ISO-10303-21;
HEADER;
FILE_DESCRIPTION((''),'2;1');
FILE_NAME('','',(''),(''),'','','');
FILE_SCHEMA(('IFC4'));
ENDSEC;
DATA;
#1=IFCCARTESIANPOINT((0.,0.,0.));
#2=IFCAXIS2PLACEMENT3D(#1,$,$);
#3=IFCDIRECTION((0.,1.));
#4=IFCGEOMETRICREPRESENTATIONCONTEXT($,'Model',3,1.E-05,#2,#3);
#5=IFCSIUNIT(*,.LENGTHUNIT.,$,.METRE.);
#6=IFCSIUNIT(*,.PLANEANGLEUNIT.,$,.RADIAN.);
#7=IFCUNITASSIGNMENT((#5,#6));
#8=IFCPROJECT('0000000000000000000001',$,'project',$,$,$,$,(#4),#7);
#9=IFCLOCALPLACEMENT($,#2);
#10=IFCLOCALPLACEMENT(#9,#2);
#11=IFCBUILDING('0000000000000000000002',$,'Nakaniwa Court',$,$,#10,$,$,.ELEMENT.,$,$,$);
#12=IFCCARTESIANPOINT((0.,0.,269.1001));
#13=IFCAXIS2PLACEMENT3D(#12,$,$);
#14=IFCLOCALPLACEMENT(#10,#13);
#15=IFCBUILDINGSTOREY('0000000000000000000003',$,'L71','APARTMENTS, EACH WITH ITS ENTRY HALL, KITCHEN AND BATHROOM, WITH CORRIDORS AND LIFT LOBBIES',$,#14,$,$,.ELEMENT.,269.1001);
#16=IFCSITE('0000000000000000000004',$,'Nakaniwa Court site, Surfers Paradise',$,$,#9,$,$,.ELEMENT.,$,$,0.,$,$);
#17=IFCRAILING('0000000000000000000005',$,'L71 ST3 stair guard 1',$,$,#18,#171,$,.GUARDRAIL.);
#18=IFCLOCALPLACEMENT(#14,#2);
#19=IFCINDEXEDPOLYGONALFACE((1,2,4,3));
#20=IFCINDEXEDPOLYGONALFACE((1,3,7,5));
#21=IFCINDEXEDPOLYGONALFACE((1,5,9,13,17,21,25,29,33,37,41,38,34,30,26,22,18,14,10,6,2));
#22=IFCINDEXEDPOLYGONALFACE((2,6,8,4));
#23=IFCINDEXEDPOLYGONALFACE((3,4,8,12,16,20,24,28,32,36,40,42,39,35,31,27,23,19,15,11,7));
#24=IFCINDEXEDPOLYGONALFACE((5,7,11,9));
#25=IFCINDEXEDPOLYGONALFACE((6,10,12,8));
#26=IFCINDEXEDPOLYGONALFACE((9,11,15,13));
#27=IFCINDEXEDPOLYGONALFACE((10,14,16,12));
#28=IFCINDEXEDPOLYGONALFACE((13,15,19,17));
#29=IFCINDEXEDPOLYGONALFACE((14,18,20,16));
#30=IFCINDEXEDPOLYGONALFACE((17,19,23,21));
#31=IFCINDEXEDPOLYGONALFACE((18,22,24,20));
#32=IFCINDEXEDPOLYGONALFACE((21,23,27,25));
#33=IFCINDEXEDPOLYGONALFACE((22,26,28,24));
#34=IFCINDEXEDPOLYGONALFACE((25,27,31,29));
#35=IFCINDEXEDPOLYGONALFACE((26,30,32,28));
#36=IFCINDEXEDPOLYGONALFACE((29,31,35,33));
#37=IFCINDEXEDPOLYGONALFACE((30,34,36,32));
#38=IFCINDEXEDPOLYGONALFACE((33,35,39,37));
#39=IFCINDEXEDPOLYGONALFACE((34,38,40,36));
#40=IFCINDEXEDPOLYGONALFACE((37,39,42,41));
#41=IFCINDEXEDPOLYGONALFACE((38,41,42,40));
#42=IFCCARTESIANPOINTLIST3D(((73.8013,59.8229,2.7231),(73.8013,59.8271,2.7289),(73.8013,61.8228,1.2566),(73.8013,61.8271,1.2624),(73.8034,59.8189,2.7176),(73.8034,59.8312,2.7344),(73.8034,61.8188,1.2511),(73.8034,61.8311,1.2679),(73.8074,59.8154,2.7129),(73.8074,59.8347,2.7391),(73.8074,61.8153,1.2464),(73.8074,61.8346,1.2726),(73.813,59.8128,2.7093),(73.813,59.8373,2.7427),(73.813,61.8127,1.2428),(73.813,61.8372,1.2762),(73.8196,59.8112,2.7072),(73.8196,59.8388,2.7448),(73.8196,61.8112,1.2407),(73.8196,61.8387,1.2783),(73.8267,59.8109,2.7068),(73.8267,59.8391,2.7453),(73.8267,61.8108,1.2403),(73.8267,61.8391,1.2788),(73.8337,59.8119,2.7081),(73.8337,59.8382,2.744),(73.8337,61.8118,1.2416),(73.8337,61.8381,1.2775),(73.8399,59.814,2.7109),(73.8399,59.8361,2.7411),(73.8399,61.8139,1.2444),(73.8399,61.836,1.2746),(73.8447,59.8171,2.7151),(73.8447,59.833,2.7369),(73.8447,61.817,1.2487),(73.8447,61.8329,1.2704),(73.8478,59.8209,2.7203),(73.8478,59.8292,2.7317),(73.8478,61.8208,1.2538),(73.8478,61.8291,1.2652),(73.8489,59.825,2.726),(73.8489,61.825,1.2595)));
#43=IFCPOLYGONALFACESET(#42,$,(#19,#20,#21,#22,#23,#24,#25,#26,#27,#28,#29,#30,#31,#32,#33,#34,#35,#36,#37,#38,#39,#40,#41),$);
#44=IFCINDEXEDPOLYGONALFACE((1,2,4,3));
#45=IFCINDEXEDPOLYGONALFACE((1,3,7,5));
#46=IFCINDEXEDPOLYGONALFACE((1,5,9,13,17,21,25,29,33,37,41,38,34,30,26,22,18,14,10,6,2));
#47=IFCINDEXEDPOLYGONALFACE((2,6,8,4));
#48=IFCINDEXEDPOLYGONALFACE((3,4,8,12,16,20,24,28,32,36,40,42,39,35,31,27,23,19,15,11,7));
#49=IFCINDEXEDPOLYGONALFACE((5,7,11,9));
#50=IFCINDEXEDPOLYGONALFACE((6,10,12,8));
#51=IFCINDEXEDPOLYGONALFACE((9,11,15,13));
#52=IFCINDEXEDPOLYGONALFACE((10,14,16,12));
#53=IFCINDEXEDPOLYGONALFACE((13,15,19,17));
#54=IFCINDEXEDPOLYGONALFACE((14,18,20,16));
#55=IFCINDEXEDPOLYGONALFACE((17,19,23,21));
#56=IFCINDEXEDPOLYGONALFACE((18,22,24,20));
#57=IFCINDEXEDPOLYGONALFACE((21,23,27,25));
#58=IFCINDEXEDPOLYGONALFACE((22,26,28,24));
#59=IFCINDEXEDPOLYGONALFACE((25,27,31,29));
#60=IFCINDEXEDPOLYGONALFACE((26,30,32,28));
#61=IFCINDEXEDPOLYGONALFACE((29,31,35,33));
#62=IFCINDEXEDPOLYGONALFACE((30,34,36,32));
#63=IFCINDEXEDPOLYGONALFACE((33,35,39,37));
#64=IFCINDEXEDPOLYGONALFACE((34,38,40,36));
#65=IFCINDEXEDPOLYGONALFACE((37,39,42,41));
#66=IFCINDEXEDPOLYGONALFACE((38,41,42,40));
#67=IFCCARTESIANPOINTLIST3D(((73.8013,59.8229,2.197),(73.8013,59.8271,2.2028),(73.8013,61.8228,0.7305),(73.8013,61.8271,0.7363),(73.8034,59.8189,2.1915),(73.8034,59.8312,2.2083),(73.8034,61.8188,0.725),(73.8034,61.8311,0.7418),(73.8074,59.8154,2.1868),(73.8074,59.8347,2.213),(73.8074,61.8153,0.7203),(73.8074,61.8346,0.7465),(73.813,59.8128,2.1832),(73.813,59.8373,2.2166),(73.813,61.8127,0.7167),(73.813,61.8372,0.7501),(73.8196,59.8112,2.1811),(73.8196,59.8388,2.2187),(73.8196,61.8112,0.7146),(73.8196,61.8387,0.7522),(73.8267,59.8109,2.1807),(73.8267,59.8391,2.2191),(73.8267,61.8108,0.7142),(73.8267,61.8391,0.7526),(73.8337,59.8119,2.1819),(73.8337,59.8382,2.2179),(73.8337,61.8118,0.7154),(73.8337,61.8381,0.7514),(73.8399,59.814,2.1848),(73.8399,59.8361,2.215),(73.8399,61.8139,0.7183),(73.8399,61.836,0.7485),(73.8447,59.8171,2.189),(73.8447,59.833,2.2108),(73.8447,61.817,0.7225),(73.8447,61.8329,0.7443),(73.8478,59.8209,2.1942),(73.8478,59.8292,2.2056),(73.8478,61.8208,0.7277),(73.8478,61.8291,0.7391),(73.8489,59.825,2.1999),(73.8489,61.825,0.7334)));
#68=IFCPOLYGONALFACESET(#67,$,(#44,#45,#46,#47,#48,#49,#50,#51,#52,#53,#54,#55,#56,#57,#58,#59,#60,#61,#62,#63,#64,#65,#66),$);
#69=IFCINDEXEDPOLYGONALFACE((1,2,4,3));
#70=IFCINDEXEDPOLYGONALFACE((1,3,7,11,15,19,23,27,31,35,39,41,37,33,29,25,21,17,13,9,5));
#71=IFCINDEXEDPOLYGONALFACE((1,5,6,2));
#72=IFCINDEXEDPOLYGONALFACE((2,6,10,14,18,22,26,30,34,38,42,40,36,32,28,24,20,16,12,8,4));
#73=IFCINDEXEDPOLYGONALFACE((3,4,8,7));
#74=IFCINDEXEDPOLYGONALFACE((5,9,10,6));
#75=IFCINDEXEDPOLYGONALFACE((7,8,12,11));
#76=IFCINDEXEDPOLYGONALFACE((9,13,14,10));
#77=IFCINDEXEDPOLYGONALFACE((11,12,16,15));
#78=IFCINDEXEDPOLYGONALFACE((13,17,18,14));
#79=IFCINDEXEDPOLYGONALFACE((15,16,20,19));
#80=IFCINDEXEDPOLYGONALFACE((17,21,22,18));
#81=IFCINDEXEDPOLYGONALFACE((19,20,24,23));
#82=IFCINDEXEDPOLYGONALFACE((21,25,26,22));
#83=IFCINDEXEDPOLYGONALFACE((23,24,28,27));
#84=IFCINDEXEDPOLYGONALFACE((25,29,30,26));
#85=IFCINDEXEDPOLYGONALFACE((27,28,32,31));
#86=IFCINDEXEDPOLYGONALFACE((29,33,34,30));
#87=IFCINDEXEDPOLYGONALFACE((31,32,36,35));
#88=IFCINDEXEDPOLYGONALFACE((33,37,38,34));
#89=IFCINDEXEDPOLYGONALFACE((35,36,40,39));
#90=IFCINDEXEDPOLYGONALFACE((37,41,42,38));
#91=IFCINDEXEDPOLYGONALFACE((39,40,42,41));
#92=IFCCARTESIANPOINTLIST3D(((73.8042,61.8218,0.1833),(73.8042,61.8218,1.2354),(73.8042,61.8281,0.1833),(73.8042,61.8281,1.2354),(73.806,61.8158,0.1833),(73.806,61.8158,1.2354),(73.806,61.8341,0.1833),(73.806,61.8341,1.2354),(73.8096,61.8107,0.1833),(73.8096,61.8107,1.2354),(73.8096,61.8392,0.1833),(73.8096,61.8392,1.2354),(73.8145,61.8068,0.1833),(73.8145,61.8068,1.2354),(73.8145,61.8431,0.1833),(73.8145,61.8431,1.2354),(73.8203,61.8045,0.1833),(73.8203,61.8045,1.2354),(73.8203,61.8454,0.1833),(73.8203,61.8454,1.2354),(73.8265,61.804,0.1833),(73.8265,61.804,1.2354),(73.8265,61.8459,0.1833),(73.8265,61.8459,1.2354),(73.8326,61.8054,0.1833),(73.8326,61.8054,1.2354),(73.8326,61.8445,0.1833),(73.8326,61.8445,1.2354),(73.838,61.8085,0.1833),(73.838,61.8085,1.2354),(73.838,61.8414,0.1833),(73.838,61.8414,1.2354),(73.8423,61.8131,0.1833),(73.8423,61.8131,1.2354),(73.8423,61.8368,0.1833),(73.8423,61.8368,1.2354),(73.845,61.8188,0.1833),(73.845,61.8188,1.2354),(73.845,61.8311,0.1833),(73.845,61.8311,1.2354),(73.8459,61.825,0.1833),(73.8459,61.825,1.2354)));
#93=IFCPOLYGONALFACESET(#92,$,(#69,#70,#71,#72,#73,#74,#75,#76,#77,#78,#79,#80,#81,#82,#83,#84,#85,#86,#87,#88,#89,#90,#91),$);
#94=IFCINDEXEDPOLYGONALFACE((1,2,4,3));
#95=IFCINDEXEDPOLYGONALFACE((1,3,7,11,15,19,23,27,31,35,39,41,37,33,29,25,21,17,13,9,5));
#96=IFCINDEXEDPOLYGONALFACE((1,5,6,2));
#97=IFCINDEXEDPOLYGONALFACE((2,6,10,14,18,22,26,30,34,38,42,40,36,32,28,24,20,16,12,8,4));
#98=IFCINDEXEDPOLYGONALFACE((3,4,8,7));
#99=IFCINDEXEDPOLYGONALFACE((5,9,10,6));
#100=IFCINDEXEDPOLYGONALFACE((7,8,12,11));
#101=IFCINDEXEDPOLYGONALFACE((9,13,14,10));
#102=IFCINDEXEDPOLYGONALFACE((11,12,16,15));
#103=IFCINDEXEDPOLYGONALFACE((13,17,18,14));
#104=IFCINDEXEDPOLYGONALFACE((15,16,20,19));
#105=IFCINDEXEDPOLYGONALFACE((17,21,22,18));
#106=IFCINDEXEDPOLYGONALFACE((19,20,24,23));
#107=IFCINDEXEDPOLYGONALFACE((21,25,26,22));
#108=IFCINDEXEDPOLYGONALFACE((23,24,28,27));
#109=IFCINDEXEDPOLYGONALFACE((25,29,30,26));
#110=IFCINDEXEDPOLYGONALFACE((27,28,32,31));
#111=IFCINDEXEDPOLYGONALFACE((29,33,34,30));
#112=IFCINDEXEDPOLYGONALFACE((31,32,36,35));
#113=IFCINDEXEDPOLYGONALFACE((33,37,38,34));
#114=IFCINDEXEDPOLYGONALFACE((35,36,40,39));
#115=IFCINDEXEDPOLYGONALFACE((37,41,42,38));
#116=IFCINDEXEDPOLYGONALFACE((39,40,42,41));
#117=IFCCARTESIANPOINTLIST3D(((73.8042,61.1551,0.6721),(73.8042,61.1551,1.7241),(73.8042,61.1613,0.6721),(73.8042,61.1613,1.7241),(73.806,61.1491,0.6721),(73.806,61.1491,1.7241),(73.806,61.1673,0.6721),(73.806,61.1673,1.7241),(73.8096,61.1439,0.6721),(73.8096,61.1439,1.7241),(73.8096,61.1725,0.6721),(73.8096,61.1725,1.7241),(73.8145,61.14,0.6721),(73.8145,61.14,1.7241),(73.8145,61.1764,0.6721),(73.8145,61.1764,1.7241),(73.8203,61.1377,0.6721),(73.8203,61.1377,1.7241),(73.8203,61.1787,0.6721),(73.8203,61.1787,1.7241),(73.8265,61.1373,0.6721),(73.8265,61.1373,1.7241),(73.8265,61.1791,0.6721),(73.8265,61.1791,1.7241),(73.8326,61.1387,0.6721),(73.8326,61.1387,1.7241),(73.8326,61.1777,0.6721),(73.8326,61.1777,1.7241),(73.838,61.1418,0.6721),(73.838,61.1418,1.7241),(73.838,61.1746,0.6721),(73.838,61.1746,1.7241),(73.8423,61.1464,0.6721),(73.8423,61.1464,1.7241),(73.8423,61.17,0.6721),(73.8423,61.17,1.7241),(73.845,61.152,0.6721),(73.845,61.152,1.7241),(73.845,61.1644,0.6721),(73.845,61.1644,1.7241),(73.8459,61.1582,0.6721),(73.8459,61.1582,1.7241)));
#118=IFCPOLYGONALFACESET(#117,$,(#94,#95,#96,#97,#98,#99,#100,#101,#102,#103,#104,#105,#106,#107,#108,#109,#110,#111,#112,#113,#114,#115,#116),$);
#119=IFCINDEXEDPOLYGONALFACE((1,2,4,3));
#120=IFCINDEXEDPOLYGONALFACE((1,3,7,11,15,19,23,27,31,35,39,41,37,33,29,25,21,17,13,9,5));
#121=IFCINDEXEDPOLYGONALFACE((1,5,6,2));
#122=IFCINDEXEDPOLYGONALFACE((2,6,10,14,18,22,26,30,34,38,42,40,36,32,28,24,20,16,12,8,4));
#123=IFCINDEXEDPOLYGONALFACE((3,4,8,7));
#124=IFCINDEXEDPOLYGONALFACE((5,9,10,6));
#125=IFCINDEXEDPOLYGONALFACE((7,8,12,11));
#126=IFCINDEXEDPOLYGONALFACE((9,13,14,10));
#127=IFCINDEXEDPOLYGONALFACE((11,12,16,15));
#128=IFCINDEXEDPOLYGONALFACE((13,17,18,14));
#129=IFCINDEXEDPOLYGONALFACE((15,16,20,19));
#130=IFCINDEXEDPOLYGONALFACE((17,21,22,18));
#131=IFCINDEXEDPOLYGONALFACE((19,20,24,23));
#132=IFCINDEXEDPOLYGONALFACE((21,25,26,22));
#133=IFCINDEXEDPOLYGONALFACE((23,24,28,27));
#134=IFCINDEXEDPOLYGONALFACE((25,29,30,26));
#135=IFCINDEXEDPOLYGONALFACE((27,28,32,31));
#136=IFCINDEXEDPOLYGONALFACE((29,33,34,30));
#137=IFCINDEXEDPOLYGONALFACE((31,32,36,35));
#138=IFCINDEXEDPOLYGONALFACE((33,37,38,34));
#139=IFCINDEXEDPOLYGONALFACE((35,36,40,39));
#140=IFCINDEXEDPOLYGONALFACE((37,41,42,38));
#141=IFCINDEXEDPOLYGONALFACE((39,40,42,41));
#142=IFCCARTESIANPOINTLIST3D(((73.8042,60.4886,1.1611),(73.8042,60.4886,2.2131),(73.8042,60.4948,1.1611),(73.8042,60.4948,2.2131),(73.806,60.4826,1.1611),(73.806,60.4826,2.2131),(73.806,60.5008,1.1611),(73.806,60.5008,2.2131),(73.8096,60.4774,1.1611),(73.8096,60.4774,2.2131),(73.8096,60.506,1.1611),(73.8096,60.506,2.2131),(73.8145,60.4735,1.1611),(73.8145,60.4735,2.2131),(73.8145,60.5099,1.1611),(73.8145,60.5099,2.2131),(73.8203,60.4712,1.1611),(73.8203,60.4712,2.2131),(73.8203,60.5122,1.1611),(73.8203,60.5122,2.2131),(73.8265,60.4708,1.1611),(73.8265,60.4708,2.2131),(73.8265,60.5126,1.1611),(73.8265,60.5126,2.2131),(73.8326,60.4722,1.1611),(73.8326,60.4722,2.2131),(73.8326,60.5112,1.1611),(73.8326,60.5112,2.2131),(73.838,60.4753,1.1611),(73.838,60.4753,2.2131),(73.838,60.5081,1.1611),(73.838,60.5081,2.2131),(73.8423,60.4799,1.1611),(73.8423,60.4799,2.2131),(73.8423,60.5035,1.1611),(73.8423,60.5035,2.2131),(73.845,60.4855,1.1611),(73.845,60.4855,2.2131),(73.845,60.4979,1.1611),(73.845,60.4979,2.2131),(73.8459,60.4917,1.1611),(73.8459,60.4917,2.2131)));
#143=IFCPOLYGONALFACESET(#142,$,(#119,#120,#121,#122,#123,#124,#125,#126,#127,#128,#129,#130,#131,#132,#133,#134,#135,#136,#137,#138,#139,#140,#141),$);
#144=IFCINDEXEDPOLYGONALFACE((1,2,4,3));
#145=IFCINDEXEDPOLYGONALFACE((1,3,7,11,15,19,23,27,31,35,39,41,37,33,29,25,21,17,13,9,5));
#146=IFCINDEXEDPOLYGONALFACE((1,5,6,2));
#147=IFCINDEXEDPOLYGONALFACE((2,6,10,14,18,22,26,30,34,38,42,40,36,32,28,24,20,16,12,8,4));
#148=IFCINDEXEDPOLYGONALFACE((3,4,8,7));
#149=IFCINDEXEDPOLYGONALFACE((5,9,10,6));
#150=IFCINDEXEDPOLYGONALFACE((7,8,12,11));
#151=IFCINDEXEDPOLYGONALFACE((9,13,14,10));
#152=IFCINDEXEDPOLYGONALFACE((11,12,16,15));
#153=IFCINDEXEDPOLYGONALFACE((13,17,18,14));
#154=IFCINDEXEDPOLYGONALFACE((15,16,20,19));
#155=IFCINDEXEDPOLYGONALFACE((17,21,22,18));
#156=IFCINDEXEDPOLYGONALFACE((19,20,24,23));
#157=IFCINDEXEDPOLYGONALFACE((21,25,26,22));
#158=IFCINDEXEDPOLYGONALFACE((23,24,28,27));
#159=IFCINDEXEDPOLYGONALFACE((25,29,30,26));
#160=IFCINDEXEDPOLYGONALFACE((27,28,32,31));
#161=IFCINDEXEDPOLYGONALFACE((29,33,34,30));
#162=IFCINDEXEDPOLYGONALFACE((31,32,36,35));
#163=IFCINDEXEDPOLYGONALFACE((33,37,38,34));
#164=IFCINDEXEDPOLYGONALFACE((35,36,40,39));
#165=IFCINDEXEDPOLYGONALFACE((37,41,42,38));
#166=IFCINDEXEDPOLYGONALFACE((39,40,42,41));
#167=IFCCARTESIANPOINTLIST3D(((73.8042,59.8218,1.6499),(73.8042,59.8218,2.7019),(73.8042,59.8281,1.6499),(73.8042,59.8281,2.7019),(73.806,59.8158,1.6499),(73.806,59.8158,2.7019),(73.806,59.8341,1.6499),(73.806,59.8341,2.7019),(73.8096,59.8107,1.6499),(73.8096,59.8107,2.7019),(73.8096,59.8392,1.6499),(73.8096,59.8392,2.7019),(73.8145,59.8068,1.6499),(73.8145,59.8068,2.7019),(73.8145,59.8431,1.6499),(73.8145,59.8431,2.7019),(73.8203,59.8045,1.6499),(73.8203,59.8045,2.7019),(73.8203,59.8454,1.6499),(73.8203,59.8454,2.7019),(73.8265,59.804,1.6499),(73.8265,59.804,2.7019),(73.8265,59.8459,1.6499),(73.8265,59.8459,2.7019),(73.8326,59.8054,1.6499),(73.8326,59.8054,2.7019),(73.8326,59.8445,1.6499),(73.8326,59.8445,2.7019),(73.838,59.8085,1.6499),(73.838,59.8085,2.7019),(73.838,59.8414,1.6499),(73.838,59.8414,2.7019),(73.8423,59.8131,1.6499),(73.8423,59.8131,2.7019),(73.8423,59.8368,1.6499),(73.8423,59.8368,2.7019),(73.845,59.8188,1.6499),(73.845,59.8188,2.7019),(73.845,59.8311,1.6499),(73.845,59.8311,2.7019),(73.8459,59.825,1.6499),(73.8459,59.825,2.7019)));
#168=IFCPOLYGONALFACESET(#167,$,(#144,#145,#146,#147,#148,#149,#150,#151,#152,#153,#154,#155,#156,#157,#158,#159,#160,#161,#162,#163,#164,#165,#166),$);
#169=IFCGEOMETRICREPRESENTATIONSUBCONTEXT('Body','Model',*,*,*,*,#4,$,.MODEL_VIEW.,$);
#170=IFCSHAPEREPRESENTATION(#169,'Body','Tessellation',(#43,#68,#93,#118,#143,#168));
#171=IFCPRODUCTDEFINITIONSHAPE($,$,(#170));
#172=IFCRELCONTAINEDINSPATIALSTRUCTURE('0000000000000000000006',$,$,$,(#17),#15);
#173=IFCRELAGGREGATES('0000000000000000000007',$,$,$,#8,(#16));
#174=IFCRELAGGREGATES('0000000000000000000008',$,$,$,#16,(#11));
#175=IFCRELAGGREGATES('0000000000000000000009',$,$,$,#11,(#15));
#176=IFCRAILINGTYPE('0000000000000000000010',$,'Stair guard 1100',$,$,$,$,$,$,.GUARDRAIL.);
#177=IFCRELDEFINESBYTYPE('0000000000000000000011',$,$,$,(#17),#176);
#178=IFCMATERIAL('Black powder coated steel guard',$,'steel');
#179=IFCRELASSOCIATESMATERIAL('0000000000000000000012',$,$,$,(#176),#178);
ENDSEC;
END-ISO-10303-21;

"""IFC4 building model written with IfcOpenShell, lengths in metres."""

from ifc_helpers import new_model, si_unit, direction, frame, origin, origin_2d, place, context, subcontext, project, spatial, circle, extrude, material, type_object, element, save


model = new_model("IFC4")

# Units and contexts
model_context = context("Model", 3, precision=1e-05, world=origin(), true_north=direction((0.0, 1.0)))
body_context = subcontext(model_context, "Body", "Model", "MODEL_VIEW")
ifc_project = project(units=[si_unit("LENGTHUNIT", "METRE"), si_unit("PLANEANGLEUNIT", "RADIAN")], contexts=[model_context])

# Site, building, storey
site_placement = place(None, origin())
site = spatial("IfcSite", under=ifc_project, at=site_placement, Name="Nakaniwa Court site, Surfers Paradise", CompositionType="ELEMENT", RefElevation=0.0)
building_placement = place(site_placement, origin())
building = spatial("IfcBuilding", under=site, at=building_placement, Name="Nakaniwa Court", CompositionType="ELEMENT")
storey_placement = place(building_placement, frame((0.0, 0.0, 269.1001)))
storey = spatial("IfcBuildingStorey", under=building, at=storey_placement, Name="L71", Description="APARTMENTS, EACH WITH ITS ENTRY HALL, KITCHEN AND BATHROOM, WITH CORRIDORS AND LIFT LOBBIES", CompositionType="ELEMENT", Elevation=269.1001)

# Railing
ifc_material_1 = material(Name="Black powder coated steel guard", Category="steel")
railing_type_1 = type_object("IfcRailingType", Name="Stair guard 1100", PredefinedType="GUARDRAIL", material=ifc_material_1)
railing_1_placement = place(storey_placement, frame((73.825, 61.825, 0.1833)))
element("IfcRailing", 1, at=railing_1_placement, inside=storey, type_object=railing_type_1, Name="L71 ST3 stair guard 1", PredefinedType="GUARDRAIL", context=body_context, shape_type="SweptSolid", body=[
    extrude(circle(Radius=0.0239, at=origin_2d()), frame((0.0, 0.0, 1.0762), z_axis=(0.0, -0.806427, 0.591334), x_axis=(1.0, 0.0, 0.0)), (0.0, 0.0, 1.0), 2.48),
    extrude(circle(Radius=0.0239, at=origin_2d()), frame((0.0, 0.0, 0.55), z_axis=(0.0, -0.806427, 0.591334), x_axis=(1.0, 0.0, 0.0)), (0.0, 0.0, 1.0), 2.48),
    extrude(circle(Radius=0.021, at=origin_2d()), origin(), (0.0, 0.0, 1.0), 1.052),
    extrude(circle(Radius=0.021, at=origin_2d()), frame((0.0, -0.6667, 0.4888)), (0.0, 0.0, 1.0), 1.052),
    extrude(circle(Radius=0.021, at=origin_2d()), frame((0.0, -1.3333, 0.9778)), (0.0, 0.0, 1.0), 1.052),
    extrude(circle(Radius=0.021, at=origin_2d()), frame((0.0, -2.0, 1.4666)), (0.0, 0.0, 1.0), 1.052),
])

save(model, "model.ifc")
